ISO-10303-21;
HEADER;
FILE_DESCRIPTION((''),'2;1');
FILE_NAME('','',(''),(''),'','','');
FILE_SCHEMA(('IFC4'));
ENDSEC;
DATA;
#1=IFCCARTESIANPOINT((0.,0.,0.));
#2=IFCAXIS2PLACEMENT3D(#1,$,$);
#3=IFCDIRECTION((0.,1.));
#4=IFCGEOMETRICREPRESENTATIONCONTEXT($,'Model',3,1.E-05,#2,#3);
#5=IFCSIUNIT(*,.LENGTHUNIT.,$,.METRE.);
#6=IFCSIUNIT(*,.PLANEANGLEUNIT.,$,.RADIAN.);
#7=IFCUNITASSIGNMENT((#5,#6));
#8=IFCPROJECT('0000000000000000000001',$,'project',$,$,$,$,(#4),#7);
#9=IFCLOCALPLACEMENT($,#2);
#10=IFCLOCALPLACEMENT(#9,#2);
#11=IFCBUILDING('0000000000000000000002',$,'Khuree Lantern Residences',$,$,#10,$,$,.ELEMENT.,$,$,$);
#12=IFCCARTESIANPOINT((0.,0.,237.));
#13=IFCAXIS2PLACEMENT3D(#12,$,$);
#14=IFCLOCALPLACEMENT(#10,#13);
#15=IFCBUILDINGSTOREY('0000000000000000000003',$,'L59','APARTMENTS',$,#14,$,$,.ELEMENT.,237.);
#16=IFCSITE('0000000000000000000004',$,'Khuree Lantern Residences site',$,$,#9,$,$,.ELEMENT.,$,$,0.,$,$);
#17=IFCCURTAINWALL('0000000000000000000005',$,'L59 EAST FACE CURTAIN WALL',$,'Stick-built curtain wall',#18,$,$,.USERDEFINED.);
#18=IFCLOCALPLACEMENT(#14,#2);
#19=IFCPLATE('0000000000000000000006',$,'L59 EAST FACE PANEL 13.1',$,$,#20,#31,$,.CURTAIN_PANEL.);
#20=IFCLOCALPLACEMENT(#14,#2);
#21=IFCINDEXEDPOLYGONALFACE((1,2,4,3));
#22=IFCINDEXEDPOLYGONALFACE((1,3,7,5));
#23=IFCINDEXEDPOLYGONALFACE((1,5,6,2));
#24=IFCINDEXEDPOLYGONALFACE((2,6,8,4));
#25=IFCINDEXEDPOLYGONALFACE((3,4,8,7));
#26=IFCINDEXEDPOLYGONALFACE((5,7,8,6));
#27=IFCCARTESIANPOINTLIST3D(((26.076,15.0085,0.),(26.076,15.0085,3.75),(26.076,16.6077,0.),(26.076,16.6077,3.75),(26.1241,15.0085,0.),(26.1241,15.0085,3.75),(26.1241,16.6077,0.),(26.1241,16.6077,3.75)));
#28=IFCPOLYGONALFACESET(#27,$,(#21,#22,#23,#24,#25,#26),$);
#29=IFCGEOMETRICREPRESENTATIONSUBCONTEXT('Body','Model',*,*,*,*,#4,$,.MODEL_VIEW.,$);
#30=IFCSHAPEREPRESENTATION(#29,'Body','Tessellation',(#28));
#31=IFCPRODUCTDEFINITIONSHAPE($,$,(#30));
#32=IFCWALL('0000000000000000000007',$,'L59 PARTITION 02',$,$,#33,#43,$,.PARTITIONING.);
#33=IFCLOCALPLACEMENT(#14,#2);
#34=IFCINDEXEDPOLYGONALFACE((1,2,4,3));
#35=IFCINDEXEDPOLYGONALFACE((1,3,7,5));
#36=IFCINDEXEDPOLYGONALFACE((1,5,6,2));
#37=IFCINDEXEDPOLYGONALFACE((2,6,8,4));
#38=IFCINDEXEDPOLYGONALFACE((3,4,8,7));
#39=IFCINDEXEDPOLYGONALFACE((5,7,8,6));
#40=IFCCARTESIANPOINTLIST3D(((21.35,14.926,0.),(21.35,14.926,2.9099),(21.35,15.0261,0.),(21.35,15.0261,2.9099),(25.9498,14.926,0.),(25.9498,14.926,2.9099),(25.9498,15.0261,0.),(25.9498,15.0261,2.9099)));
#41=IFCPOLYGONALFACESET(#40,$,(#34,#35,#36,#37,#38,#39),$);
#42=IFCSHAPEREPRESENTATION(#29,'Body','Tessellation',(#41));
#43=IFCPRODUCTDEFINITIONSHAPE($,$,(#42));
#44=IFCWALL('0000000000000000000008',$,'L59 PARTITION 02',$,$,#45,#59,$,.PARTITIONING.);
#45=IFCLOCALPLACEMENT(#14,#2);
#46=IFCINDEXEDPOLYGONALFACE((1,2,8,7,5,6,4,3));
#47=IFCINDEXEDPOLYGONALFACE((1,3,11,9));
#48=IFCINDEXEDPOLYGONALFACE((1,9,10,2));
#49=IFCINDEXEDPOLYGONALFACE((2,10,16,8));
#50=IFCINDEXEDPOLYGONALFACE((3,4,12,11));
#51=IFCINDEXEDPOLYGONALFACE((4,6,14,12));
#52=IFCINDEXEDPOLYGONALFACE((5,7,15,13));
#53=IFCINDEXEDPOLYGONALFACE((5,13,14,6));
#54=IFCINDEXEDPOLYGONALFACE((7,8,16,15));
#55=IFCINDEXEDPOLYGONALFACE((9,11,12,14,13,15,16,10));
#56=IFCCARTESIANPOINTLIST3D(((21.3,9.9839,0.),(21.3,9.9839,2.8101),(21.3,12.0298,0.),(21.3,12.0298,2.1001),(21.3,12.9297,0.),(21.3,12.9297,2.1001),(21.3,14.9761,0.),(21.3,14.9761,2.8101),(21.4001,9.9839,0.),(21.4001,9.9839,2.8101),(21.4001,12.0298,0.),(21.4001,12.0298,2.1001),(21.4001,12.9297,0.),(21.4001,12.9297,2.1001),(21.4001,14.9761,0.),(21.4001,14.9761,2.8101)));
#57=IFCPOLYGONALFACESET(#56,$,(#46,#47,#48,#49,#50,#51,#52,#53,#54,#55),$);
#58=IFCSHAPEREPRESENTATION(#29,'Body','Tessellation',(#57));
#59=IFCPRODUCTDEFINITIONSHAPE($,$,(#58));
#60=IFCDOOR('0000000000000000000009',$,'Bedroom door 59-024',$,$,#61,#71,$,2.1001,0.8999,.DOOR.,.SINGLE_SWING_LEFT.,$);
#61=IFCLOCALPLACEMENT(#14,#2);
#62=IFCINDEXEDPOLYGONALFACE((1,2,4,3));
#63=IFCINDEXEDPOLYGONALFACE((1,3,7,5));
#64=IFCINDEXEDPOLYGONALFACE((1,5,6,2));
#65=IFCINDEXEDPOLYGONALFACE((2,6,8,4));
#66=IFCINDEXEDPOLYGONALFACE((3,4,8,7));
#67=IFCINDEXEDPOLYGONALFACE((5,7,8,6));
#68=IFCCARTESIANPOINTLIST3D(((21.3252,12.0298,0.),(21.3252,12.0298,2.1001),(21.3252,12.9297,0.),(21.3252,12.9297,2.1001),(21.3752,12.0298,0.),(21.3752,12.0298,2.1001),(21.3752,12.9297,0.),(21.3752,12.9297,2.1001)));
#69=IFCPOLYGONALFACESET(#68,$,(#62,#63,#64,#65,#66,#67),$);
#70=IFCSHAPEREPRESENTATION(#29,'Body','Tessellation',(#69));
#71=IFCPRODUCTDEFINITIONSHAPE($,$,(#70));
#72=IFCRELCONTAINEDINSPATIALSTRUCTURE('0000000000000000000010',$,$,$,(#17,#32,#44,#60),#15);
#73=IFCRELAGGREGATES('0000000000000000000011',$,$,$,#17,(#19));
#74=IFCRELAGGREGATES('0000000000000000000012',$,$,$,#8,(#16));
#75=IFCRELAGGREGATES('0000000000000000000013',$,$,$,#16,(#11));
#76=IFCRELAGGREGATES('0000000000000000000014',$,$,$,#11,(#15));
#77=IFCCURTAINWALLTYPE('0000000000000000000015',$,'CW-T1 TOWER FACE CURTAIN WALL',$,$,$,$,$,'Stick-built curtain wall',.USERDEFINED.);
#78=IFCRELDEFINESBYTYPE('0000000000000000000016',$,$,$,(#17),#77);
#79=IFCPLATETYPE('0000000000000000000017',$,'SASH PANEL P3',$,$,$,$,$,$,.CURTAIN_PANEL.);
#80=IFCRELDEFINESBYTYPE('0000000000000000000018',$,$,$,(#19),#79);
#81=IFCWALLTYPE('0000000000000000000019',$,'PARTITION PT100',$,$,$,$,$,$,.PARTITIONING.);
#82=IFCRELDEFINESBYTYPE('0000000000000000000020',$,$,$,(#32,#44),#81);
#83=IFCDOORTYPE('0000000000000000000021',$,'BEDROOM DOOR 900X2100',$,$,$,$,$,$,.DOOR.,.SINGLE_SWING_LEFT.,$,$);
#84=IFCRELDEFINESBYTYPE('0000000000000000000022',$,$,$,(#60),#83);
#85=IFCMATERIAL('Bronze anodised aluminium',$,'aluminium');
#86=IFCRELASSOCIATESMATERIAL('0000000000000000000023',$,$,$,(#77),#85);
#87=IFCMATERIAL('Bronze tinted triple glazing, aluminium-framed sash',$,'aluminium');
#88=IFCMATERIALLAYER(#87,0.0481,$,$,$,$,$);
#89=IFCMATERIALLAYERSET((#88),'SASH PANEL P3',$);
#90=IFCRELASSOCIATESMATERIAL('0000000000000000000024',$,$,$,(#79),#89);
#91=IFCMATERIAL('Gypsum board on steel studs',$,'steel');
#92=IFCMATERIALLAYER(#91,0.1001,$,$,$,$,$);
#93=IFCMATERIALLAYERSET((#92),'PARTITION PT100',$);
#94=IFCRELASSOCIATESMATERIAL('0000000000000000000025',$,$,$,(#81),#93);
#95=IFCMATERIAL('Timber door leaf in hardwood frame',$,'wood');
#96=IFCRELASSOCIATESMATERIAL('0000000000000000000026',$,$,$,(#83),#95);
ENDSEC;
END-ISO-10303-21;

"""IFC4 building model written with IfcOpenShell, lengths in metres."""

from ifc_helpers import new_model, si_unit, direction, frame, frame_2d, origin, origin_2d, place, context, subcontext, project, spatial, rectangle, extrude, material, layer, layer_set, type_object, element, fill, aggregate, save


model = new_model("IFC4")

# Units and contexts
model_context = context("Model", 3, precision=1e-05, world=origin(), true_north=direction((0.0, 1.0)))
body_context = subcontext(model_context, "Body", "Model", "MODEL_VIEW")
ifc_project = project(units=[si_unit("LENGTHUNIT", "METRE"), si_unit("PLANEANGLEUNIT", "RADIAN")], contexts=[model_context])

# Site, building, storey
site_placement = place(None, origin())
site = spatial("IfcSite", under=ifc_project, at=site_placement, Name="Khuree Lantern Residences site", CompositionType="ELEMENT", RefElevation=0.0)
building_placement = place(site_placement, origin())
building = spatial("IfcBuilding", under=site, at=building_placement, Name="Khuree Lantern Residences", CompositionType="ELEMENT")
storey_placement = place(building_placement, frame((0.0, 0.0, 237.0)))
storey = spatial("IfcBuildingStorey", under=building, at=storey_placement, Name="L59", Description="APARTMENTS", CompositionType="ELEMENT", Elevation=237.0)

# Curtain wall
ifc_material_1 = material(Name="Bronze anodised aluminium", Category="aluminium")
curtain_wall_type = type_object("IfcCurtainWallType", Name="CW-T1 TOWER FACE CURTAIN WALL", ElementType="Stick-built curtain wall", PredefinedType="USERDEFINED", material=ifc_material_1)
curtain_wall_placement = place(storey_placement, origin())
curtain_wall = element("IfcCurtainWall", 1, at=curtain_wall_placement, inside=storey, type_object=curtain_wall_type, Name="L59 EAST FACE CURTAIN WALL", ObjectType="Stick-built curtain wall", PredefinedType="USERDEFINED")

# Plate
ifc_material_2 = material(Name="Bronze tinted triple glazing, aluminium-framed sash", Category="aluminium")
ifc_layer_1 = layer(ifc_material_2, 0.0481)
ifc_layer_set_1 = layer_set([ifc_layer_1], Name="SASH PANEL P3")
plate_type_1 = type_object("IfcPlateType", Name="SASH PANEL P3", PredefinedType="CURTAIN_PANEL", material=ifc_layer_set_1)
plate_1_placement = place(storey_placement, frame((26.1001, 15.8081, 0.0), z_axis=(0.0, 0.0, 1.0), x_axis=(0.0, 1.0, 0.0)))
plate_1 = element("IfcPlate", 2, at=plate_1_placement, type_object=plate_type_1, Name="L59 EAST FACE PANEL 13.1", PredefinedType="CURTAIN_PANEL", context=body_context, shape_type="SweptSolid", body=[
    extrude(rectangle(XDim=1.5991, YDim=0.0481, at=origin_2d()), origin(), (0.0, 0.0, 1.0), 3.75),
])
aggregate(curtain_wall, [plate_1])

# Wall
ifc_material_3 = material(Name="Gypsum board on steel studs", Category="steel")
ifc_layer_2 = layer(ifc_material_3, 0.1001)
ifc_layer_set_2 = layer_set([ifc_layer_2], Name="PARTITION PT100")
wall_type = type_object("IfcWallType", Name="PARTITION PT100", PredefinedType="PARTITIONING", material=ifc_layer_set_2)
wall_1_placement = place(storey_placement, frame((21.3501, 14.9761, 0.0), z_axis=(0.0, 0.0, 1.0), x_axis=(1.0, 0.0, 0.0)))
element("IfcWall", 3, at=wall_1_placement, inside=storey, type_object=wall_type, Name="L59 PARTITION 02", PredefinedType="PARTITIONING", context=body_context, shape_type="SweptSolid", body=[
    extrude(rectangle(XDim=4.5999, YDim=0.1001, at=frame_2d((2.2998, 0.0))), origin(), (0.0, 0.0, 1.0), 2.9099),
])

# Wall, opening, door
wall_2_placement = place(storey_placement, frame((21.3501, 9.9839, 0.0), z_axis=(0.0, 0.0, 1.0), x_axis=(0.0, 1.0, 0.0)))
wall_2 = element("IfcWall", 4, at=wall_2_placement, inside=storey, type_object=wall_type, Name="L59 PARTITION 02", PredefinedType="PARTITIONING", context=body_context, shape_type="SweptSolid", body=[
    extrude(rectangle(XDim=4.9922, YDim=0.1001, at=frame_2d((2.4961, 0.0))), origin(), (0.0, 0.0, 1.0), 2.8101),
])
opening_placement = place(wall_2_placement, frame((2.0459, 0.0, 0.0)))
opening = element("IfcOpeningElement", 5, at=opening_placement, cuts=wall_2, PredefinedType="OPENING", context=body_context, shape_type="SweptSolid", body=[
    extrude(rectangle(XDim=0.8999, YDim=2.1001, at=frame_2d((0.45, 1.05))), frame((0.0, 0.0601, 0.0), z_axis=(0.0, -1.0, 0.0), x_axis=(1.0, 0.0, 0.0)), (0.0, 0.0, 1.0), 0.1201),
])
ifc_material_4 = material(Name="Timber door leaf in hardwood frame", Category="wood")
door_type = type_object("IfcDoorType", Name="BEDROOM DOOR 900X2100", OperationType="SINGLE_SWING_LEFT", PredefinedType="DOOR", material=ifc_material_4)
door_placement = place(opening_placement, origin())
door = element("IfcDoor", 6, at=door_placement, inside=storey, type_object=door_type, Name="Bedroom door 59-024", OperationType="SINGLE_SWING_LEFT", OverallHeight=2.1001, OverallWidth=0.8999, PredefinedType="DOOR", context=body_context, shape_type="SweptSolid", body=[
    extrude(rectangle(XDim=0.8999, YDim=2.1001, at=frame_2d((0.45, 1.05))), frame((0.0, 0.0249, 0.0), z_axis=(0.0, -1.0, 0.0), x_axis=(1.0, 0.0, 0.0)), (0.0, 0.0, 1.0), 0.05),
])
fill(opening, door)

save(model, "model.ifc")
